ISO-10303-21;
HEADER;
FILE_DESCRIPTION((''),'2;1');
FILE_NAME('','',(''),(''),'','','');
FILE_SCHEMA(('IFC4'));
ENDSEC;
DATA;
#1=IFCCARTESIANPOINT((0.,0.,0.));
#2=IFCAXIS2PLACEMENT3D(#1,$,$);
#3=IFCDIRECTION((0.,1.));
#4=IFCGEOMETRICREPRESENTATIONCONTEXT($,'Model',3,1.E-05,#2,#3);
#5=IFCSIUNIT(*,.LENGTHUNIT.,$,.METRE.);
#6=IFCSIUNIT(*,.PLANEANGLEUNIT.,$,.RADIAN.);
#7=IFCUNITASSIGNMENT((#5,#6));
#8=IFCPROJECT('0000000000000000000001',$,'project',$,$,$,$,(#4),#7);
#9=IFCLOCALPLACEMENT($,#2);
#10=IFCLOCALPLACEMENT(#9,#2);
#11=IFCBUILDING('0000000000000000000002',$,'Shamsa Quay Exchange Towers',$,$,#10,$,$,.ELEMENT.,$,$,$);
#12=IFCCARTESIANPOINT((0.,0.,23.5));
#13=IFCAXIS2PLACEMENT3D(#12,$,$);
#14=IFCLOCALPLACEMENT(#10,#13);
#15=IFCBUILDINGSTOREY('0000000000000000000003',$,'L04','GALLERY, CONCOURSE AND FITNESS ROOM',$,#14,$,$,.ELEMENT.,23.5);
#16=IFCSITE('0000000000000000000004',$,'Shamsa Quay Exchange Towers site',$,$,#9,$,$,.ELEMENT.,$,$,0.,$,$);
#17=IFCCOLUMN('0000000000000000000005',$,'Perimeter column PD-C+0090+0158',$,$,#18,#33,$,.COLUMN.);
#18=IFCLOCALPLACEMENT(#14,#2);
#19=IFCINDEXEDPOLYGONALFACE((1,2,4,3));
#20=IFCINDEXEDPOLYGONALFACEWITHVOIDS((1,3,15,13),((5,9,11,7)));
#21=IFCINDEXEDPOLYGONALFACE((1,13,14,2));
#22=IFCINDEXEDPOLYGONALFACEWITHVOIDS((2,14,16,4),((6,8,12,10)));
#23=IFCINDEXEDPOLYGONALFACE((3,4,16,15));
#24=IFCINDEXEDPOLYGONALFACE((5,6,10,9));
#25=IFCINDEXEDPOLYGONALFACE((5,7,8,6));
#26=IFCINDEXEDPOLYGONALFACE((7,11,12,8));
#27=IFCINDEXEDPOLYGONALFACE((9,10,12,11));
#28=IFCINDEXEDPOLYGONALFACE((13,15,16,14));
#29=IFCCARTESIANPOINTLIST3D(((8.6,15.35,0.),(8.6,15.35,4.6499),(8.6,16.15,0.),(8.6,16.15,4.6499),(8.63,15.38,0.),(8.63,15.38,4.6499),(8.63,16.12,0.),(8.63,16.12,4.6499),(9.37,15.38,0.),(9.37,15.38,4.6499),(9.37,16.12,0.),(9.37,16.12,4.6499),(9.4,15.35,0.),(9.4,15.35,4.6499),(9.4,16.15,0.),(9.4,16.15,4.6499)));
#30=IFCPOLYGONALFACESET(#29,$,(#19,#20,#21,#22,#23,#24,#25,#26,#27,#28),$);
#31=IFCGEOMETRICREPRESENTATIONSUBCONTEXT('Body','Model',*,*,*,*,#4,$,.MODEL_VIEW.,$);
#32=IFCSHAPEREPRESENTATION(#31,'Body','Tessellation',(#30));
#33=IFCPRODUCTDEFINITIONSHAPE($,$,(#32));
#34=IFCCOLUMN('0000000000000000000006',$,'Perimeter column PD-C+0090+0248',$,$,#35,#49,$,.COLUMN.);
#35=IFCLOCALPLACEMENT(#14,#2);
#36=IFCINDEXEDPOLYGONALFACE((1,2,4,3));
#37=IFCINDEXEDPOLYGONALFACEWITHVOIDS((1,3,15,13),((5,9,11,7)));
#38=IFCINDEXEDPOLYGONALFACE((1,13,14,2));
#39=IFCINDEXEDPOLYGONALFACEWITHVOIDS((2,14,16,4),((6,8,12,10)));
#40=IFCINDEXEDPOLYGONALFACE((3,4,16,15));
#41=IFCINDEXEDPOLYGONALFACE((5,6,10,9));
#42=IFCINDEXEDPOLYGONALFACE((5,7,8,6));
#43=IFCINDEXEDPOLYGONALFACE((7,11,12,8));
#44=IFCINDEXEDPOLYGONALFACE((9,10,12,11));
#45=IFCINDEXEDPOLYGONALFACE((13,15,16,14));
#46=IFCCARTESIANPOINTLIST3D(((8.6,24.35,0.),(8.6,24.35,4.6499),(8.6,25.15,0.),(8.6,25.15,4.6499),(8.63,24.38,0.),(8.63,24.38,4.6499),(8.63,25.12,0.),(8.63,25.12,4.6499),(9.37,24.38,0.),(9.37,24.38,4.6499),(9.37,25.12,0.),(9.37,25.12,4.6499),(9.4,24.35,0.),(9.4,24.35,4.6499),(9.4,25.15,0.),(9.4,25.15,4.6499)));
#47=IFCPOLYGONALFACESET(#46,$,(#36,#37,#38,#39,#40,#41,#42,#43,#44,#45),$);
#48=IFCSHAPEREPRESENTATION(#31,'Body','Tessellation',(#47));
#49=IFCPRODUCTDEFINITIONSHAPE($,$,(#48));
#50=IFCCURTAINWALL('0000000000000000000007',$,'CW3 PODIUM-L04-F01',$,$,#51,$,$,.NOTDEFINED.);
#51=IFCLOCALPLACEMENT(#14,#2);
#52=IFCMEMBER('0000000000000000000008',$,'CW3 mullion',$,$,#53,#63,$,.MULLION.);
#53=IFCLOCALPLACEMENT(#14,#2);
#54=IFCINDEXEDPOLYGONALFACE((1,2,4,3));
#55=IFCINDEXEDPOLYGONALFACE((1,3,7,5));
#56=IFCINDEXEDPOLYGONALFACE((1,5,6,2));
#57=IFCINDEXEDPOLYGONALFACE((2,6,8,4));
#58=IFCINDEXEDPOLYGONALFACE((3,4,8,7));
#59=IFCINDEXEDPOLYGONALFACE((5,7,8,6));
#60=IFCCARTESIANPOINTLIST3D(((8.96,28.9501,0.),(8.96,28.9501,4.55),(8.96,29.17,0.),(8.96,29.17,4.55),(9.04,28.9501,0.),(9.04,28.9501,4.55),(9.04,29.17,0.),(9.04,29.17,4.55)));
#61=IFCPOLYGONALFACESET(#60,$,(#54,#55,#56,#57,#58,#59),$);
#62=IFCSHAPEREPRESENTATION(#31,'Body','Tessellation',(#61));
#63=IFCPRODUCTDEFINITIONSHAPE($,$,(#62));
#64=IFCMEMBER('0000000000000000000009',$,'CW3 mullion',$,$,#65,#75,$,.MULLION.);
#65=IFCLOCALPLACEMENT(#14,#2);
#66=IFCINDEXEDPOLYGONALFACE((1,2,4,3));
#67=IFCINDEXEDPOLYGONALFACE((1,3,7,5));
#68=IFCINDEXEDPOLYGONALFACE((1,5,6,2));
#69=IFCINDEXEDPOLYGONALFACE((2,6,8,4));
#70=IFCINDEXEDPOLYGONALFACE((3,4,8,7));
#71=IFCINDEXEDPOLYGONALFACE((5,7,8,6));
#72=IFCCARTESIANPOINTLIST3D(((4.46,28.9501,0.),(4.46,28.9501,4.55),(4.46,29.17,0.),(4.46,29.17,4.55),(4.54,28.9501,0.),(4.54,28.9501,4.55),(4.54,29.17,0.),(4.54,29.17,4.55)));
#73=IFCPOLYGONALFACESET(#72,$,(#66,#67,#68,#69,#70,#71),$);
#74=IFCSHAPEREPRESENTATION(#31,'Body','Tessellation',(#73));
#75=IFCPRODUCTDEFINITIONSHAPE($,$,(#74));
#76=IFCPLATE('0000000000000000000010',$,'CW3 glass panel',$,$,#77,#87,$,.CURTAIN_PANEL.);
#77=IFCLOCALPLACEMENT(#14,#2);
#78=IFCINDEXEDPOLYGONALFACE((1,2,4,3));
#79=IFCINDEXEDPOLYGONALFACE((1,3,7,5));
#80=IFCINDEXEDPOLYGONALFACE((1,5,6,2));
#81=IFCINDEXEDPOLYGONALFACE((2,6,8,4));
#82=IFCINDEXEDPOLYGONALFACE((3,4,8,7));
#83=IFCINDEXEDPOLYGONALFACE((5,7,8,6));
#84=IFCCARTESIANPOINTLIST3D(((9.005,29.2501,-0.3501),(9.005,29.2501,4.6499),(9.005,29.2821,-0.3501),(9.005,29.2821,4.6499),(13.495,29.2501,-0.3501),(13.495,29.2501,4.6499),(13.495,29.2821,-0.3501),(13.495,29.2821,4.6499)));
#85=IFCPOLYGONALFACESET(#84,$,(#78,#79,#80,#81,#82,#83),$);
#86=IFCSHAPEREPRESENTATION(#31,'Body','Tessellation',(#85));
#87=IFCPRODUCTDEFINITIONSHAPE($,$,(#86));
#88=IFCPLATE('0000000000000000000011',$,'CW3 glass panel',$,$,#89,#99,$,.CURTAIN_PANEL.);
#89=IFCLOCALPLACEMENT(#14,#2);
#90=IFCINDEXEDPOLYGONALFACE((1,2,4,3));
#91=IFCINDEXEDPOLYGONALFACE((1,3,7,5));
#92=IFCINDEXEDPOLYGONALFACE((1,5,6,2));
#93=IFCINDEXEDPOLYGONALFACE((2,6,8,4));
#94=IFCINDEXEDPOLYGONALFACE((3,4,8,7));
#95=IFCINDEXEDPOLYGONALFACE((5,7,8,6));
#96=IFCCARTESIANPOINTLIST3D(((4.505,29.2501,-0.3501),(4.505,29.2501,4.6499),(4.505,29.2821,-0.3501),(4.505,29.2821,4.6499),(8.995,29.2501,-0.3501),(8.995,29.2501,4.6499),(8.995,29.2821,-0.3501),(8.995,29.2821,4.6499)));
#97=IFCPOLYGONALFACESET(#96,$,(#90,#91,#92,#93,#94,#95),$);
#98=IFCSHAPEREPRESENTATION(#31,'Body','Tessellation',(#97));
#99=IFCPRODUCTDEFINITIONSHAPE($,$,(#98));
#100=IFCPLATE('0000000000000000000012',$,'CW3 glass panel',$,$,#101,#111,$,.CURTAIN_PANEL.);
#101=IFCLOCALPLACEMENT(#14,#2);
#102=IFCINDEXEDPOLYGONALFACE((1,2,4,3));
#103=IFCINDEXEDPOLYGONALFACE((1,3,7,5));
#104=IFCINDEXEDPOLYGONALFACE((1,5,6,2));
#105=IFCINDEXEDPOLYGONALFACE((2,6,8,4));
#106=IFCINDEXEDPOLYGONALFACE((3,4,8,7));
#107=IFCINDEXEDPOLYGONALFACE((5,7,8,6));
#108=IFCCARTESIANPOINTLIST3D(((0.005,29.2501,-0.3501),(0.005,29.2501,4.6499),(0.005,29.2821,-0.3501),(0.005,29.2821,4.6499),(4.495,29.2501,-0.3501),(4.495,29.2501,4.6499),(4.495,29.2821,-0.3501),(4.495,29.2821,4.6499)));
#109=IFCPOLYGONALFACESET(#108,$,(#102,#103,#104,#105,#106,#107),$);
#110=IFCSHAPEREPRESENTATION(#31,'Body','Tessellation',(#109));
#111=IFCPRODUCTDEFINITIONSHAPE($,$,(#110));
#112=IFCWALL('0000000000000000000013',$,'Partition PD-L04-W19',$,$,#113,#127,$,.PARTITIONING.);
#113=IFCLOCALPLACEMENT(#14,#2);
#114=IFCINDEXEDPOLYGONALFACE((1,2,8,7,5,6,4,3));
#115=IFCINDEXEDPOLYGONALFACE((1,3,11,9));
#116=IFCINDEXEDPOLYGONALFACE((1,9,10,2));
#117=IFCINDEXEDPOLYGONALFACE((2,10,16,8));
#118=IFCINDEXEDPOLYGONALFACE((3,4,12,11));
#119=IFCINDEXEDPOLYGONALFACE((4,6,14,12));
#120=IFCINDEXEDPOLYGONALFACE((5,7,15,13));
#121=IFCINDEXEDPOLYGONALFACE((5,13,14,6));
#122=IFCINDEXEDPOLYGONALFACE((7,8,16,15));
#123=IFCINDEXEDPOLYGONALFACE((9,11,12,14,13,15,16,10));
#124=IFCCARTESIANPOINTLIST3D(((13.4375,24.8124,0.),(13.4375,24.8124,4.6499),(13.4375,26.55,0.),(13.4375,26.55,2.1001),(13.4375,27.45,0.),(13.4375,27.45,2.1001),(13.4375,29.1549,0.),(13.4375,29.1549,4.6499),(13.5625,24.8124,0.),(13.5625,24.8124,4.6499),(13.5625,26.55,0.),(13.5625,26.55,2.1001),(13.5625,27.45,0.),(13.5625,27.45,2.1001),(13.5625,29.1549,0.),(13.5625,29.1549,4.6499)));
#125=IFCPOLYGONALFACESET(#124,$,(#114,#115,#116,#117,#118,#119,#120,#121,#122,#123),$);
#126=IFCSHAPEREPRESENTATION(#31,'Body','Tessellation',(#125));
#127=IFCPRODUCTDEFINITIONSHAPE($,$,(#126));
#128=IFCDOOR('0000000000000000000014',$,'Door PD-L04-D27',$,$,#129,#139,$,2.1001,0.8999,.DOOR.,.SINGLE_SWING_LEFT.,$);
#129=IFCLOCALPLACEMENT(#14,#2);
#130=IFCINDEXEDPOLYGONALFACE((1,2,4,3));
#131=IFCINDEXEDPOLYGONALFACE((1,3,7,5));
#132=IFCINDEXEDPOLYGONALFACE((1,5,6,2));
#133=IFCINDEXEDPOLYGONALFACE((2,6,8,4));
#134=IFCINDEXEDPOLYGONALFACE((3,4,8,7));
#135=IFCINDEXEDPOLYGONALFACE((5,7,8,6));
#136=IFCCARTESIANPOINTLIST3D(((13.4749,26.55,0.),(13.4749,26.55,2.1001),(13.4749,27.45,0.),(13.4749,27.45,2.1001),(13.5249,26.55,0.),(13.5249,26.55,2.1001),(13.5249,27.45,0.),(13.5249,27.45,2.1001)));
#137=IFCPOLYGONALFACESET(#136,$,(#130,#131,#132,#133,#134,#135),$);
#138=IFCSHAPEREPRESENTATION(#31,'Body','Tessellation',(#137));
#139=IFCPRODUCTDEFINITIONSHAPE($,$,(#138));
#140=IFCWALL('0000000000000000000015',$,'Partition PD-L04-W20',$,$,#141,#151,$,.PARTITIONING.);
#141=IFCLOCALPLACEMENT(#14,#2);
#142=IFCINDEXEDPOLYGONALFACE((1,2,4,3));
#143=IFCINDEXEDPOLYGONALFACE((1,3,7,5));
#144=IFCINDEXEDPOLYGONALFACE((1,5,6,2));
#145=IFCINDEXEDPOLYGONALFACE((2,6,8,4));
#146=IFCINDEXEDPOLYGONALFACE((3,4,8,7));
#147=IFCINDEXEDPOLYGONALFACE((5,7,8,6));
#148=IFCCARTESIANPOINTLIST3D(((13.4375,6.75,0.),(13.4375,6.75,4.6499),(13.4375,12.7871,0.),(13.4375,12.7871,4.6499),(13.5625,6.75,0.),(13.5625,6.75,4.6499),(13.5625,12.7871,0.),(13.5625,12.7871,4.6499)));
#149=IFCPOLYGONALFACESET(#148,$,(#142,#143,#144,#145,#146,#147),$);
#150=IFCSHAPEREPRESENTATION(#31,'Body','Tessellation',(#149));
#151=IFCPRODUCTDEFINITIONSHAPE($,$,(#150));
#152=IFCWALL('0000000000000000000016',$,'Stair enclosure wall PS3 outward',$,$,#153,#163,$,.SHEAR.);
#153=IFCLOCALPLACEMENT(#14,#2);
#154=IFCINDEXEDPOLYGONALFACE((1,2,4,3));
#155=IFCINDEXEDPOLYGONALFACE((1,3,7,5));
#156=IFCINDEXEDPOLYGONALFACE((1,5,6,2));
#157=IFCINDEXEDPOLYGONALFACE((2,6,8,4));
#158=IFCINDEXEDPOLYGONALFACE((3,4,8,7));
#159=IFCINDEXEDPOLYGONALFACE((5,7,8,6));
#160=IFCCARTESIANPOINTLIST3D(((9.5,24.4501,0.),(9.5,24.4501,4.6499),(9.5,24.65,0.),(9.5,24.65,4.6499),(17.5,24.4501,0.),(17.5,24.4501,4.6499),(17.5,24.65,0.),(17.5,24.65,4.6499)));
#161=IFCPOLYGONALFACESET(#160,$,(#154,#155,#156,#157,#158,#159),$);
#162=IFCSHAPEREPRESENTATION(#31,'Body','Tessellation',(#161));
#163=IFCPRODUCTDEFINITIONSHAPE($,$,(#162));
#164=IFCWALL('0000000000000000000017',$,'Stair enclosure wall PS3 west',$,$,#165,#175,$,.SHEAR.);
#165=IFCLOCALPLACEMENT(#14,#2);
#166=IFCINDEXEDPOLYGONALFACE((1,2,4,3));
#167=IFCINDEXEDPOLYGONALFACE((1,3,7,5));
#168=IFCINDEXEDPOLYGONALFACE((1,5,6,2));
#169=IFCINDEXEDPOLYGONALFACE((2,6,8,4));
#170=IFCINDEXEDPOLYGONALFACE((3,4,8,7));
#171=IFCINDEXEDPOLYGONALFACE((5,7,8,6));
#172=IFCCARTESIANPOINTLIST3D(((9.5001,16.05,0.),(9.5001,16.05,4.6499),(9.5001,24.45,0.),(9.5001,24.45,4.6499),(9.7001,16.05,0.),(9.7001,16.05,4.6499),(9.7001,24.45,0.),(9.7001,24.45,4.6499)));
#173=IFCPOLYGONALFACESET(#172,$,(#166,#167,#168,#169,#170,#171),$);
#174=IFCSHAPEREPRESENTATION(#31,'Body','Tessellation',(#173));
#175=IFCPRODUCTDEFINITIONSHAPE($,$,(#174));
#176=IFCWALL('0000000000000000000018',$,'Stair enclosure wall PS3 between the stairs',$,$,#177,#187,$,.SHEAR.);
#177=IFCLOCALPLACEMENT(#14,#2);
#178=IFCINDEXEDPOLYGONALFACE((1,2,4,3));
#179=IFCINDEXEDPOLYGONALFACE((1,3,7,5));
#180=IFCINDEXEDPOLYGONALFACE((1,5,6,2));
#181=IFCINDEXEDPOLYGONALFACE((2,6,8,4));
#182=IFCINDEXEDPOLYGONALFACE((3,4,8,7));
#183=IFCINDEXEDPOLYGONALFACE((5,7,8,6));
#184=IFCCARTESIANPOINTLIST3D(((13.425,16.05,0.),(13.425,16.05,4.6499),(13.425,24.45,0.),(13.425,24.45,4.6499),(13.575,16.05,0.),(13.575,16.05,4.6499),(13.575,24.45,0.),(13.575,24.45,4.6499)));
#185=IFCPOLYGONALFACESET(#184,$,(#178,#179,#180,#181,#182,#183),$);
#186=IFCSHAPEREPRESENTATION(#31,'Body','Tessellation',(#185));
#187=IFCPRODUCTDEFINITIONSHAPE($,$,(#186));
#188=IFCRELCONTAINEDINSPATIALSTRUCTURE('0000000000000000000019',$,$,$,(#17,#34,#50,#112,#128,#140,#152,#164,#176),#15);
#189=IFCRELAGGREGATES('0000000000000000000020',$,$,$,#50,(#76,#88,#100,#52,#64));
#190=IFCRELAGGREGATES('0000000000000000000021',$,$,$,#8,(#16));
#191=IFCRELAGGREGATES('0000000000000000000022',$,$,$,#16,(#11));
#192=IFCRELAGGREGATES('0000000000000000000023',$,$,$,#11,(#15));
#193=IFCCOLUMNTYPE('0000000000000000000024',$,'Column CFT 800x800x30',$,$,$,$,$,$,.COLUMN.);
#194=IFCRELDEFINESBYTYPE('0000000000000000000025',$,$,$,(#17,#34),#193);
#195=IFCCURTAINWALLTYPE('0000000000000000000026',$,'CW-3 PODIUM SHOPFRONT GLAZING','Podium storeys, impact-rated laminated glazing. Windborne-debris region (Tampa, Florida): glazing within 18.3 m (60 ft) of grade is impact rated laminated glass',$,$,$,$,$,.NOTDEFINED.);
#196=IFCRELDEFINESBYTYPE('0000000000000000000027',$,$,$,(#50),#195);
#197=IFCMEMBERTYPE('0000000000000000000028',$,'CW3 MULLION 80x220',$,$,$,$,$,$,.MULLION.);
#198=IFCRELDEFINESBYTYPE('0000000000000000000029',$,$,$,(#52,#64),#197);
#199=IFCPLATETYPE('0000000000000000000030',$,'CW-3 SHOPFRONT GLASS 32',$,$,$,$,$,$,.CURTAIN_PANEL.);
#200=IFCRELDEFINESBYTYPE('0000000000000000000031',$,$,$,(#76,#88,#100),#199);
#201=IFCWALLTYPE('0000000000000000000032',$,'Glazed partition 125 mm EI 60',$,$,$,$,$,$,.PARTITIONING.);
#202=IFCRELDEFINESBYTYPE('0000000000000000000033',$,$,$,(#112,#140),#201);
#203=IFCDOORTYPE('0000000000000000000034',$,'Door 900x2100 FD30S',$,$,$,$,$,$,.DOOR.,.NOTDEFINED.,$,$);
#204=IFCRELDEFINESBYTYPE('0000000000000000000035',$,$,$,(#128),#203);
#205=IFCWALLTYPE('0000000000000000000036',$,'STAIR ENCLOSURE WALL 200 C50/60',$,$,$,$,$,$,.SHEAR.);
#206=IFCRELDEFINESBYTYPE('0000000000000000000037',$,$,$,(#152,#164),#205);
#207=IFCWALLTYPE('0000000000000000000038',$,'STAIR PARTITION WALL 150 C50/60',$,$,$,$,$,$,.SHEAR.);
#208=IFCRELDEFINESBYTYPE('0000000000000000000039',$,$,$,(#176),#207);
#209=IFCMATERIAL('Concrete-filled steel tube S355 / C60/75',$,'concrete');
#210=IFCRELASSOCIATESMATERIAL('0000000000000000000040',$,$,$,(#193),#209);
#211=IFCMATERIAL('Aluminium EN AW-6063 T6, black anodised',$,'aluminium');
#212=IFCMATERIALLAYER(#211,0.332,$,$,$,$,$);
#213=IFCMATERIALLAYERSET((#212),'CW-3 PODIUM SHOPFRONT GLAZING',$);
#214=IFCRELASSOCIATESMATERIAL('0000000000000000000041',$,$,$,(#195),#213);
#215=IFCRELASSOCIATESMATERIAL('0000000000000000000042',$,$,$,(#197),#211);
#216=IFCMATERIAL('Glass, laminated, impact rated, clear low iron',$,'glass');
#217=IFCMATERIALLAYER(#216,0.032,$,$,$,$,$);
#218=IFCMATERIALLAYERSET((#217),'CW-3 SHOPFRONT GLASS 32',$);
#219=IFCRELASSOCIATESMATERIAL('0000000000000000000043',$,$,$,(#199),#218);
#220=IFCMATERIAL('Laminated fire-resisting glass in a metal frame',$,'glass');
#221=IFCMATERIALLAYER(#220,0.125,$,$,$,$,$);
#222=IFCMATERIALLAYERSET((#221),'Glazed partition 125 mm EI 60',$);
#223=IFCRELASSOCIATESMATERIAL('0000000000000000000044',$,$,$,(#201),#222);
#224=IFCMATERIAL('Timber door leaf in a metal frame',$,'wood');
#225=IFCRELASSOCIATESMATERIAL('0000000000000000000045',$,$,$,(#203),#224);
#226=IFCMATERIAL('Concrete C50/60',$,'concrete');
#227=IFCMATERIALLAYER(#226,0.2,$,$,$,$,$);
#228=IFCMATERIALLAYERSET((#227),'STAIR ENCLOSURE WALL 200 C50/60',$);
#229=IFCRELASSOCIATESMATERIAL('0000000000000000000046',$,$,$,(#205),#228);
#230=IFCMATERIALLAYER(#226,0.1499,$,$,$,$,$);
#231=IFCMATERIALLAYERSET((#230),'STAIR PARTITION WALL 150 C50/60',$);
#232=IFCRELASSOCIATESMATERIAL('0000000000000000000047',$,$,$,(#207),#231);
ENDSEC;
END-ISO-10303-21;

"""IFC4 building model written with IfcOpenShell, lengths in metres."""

from ifc_helpers import new_model, si_unit, direction, frame, frame_2d, origin, origin_2d, place, context, subcontext, project, spatial, rectangle, hollow_rectangle, extrude, material, layer, layer_set, material_profile, profile_set, type_object, element, fill, aggregate, save


model = new_model("IFC4")

# Units and contexts
model_context = context("Model", 3, precision=1e-05, world=origin(), true_north=direction((0.0, 1.0)))
body_context = subcontext(model_context, "Body", "Model", "MODEL_VIEW")
ifc_project = project(units=[si_unit("LENGTHUNIT", "METRE"), si_unit("PLANEANGLEUNIT", "RADIAN")], contexts=[model_context])

# Site, building, storey
site_placement = place(None, origin())
site = spatial("IfcSite", under=ifc_project, at=site_placement, Name="Shamsa Quay Exchange Towers site", CompositionType="ELEMENT", RefElevation=0.0)
building_placement = place(site_placement, origin())
building = spatial("IfcBuilding", under=site, at=building_placement, Name="Shamsa Quay Exchange Towers", CompositionType="ELEMENT")
storey_placement = place(building_placement, frame((0.0, 0.0, 23.5)))
storey = spatial("IfcBuildingStorey", under=building, at=storey_placement, Name="L04", Description="GALLERY, CONCOURSE AND FITNESS ROOM", CompositionType="ELEMENT", Elevation=23.5)

# Columns
ifc_material_1 = material(Name="Concrete-filled steel tube S355 / C60/75", Category="concrete")
ifc_material_profile_1 = material_profile(ifc_material_1, hollow_rectangle(XDim=0.8, YDim=0.8, WallThickness=0.03, at=origin_2d()), Name="CFT 800x800x30")
ifc_profile_set_1 = profile_set([ifc_material_profile_1], Name="Concrete-filled steel tube S355 / C60/75")
column_type = type_object("IfcColumnType", Name="Column CFT 800x800x30", PredefinedType="COLUMN", material=ifc_profile_set_1)
for number, where, name in (
    (1, (9.0, 15.75, 0.0), "Perimeter column PD-C+0090+0158"),
    (2, (9.0, 24.75, 0.0), "Perimeter column PD-C+0090+0248"),
):
    element("IfcColumn", number, at=place(storey_placement, frame(where)), inside=storey, type_object=column_type, Name=name, PredefinedType="COLUMN", context=body_context, shape_type="SweptSolid", body=[
        extrude(hollow_rectangle(XDim=0.8, YDim=0.8, WallThickness=0.03, at=origin_2d()), origin(), (0.0, 0.0, 1.0), 4.6499),
    ])

# Curtain wall, members, plates
ifc_material_2 = material(Name="Aluminium EN AW-6063 T6, black anodised", Category="aluminium")
ifc_layer_1 = layer(ifc_material_2, 0.332)
ifc_layer_set_1 = layer_set([ifc_layer_1], Name="CW-3 PODIUM SHOPFRONT GLAZING")
curtain_wall_type = type_object("IfcCurtainWallType", Name="CW-3 PODIUM SHOPFRONT GLAZING", Description="Podium storeys, impact-rated laminated glazing. Windborne-debris region (Tampa, Florida): glazing within 18.3 m (60 ft) of grade is impact rated laminated glass", PredefinedType="NOTDEFINED", material=ifc_layer_set_1)
curtain_wall_placement = place(storey_placement, origin())
curtain_wall = element("IfcCurtainWall", 3, at=curtain_wall_placement, inside=storey, type_object=curtain_wall_type, Name="CW3 PODIUM-L04-F01", PredefinedType="NOTDEFINED")
ifc_material_profile_2 = material_profile(ifc_material_2, rectangle(XDim=0.22, YDim=0.0801, at=origin_2d()), Name="MU80x220")
ifc_profile_set_2 = profile_set([ifc_material_profile_2], Name="Aluminium EN AW-6063 T6, black anodised")
member_type = type_object("IfcMemberType", Name="CW3 MULLION 80x220", PredefinedType="MULLION", material=ifc_profile_set_2)
member_1_placement = place(storey_placement, frame((9.0, 29.0601, 0.0), z_axis=(0.0, 0.0, 1.0), x_axis=(0.0, -1.0, 0.0)))
member_1 = element("IfcMember", 4, at=member_1_placement, type_object=member_type, Name="CW3 mullion", PredefinedType="MULLION", context=body_context, shape_type="SweptSolid", body=[
    extrude(rectangle(XDim=0.22, YDim=0.0801, at=origin_2d()), origin(), (0.0, 0.0, 1.0), 4.55),
])
member_2_placement = place(storey_placement, frame((4.5, 29.0601, 0.0), z_axis=(0.0, 0.0, 1.0), x_axis=(0.0, -1.0, 0.0)))
member_2 = element("IfcMember", 5, at=member_2_placement, type_object=member_type, Name="CW3 mullion", PredefinedType="MULLION", context=body_context, shape_type="SweptSolid", body=[
    extrude(rectangle(XDim=0.22, YDim=0.0801, at=origin_2d()), origin(), (0.0, 0.0, 1.0), 4.55),
])
ifc_material_3 = material(Name="Glass, laminated, impact rated, clear low iron", Category="glass")
ifc_layer_2 = layer(ifc_material_3, 0.032)
ifc_layer_set_2 = layer_set([ifc_layer_2], Name="CW-3 SHOPFRONT GLASS 32")
plate_type = type_object("IfcPlateType", Name="CW-3 SHOPFRONT GLASS 32", PredefinedType="CURTAIN_PANEL", material=ifc_layer_set_2)
plate_1_placement = place(storey_placement, frame((11.25, 29.2661, -0.3501), z_axis=(0.0, 0.0, 1.0), x_axis=(-1.0, 0.0, 0.0)))
plate_1 = element("IfcPlate", 6, at=plate_1_placement, type_object=plate_type, Name="CW3 glass panel", PredefinedType="CURTAIN_PANEL", context=body_context, shape_type="SweptSolid", body=[
    extrude(rectangle(XDim=4.49, YDim=0.032, at=origin_2d()), origin(), (0.0, 0.0, 1.0), 5.0),
])
plate_2_placement = place(storey_placement, frame((6.75, 29.2661, -0.3501), z_axis=(0.0, 0.0, 1.0), x_axis=(-1.0, 0.0, 0.0)))
plate_2 = element("IfcPlate", 7, at=plate_2_placement, type_object=plate_type, Name="CW3 glass panel", PredefinedType="CURTAIN_PANEL", context=body_context, shape_type="SweptSolid", body=[
    extrude(rectangle(XDim=4.49, YDim=0.032, at=origin_2d()), origin(), (0.0, 0.0, 1.0), 5.0),
])
plate_3_placement = place(storey_placement, frame((2.25, 29.2661, -0.3501), z_axis=(0.0, 0.0, 1.0), x_axis=(-1.0, 0.0, 0.0)))
plate_3 = element("IfcPlate", 8, at=plate_3_placement, type_object=plate_type, Name="CW3 glass panel", PredefinedType="CURTAIN_PANEL", context=body_context, shape_type="SweptSolid", body=[
    extrude(rectangle(XDim=4.49, YDim=0.032, at=origin_2d()), origin(), (0.0, 0.0, 1.0), 5.0),
])
aggregate(curtain_wall, [plate_1, plate_2, plate_3, member_1, member_2])

# Wall, opening, door
ifc_material_4 = material(Name="Laminated fire-resisting glass in a metal frame", Category="glass")
ifc_layer_3 = layer(ifc_material_4, 0.125)
ifc_layer_set_3 = layer_set([ifc_layer_3], Name="Glazed partition 125 mm EI 60")
wall_type_1 = type_object("IfcWallType", Name="Glazed partition 125 mm EI 60", PredefinedType="PARTITIONING", material=ifc_layer_set_3)
wall_1_placement = place(storey_placement, frame((13.5, 29.155, 0.0), z_axis=(0.0, 0.0, 1.0), x_axis=(0.0, -1.0, 0.0)))
wall_1 = element("IfcWall", 9, at=wall_1_placement, inside=storey, type_object=wall_type_1, Name="Partition PD-L04-W19", PredefinedType="PARTITIONING", context=body_context, shape_type="SweptSolid", body=[
    extrude(rectangle(XDim=4.3425, YDim=0.125, at=frame_2d((2.1714, 0.0))), origin(), (0.0, 0.0, 1.0), 4.6499),
])
opening_1_placement = place(wall_1_placement, frame((1.7051, 0.0, 0.0)))
opening_1 = element("IfcOpeningElement", 10, at=opening_1_placement, cuts=wall_1, PredefinedType="OPENING", context=body_context, shape_type="SweptSolid", body=[
    extrude(rectangle(XDim=0.8999, YDim=2.1001, at=frame_2d((0.45, 1.05))), frame((0.0, 0.0725, 0.0), z_axis=(0.0, -1.0, 0.0), x_axis=(1.0, 0.0, 0.0)), (0.0, 0.0, 1.0), 0.145),
])
ifc_material_5 = material(Name="Timber door leaf in a metal frame", Category="wood")
door_type_1 = type_object("IfcDoorType", Name="Door 900x2100 FD30S", OperationType="NOTDEFINED", PredefinedType="DOOR", material=ifc_material_5)
door_1_placement = place(opening_1_placement, origin())
door_1 = element("IfcDoor", 11, at=door_1_placement, inside=storey, type_object=door_type_1, Name="Door PD-L04-D27", OperationType="SINGLE_SWING_LEFT", OverallHeight=2.1001, OverallWidth=0.8999, PredefinedType="DOOR", context=body_context, shape_type="SweptSolid", body=[
    extrude(rectangle(XDim=0.8999, YDim=2.1001, at=frame_2d((0.45, 1.05))), frame((0.0, 0.0249, 0.0), z_axis=(0.0, -1.0, 0.0), x_axis=(1.0, 0.0, 0.0)), (0.0, 0.0, 1.0), 0.05),
])
fill(opening_1, door_1)

# Wall
wall_2_placement = place(storey_placement, frame((13.5, 12.7871, 0.0), z_axis=(0.0, 0.0, 1.0), x_axis=(0.0, -1.0, 0.0)))
element("IfcWall", 12, at=wall_2_placement, inside=storey, type_object=wall_type_1, Name="Partition PD-L04-W20", PredefinedType="PARTITIONING", context=body_context, shape_type="SweptSolid", body=[
    extrude(rectangle(XDim=6.0371, YDim=0.125, at=frame_2d((3.0186, 0.0))), origin(), (0.0, 0.0, 1.0), 4.6499),
])

# Shared definitions
ifc_material_6 = material(Name="Concrete C50/60", Category="concrete")
ifc_layer_4 = layer(ifc_material_6, 0.2)
ifc_layer_set_4 = layer_set([ifc_layer_4], Name="STAIR ENCLOSURE WALL 200 C50/60")
wall_type_2 = type_object("IfcWallType", Name="STAIR ENCLOSURE WALL 200 C50/60", PredefinedType="SHEAR", material=ifc_layer_set_4)

# Walls
wall_3_placement = place(storey_placement, frame((9.5, 24.55, 0.0)))
element("IfcWall", 13, at=wall_3_placement, inside=storey, type_object=wall_type_2, Name="Stair enclosure wall PS3 outward", PredefinedType="SHEAR", context=body_context, shape_type="SweptSolid", body=[
    extrude(rectangle(XDim=8.0, YDim=0.2, at=frame_2d((4.0, 0.0))), origin(), (0.0, 0.0, 1.0), 4.6499),
])
wall_4_placement = place(storey_placement, frame((9.6001, 16.05, 0.0), z_axis=(0.0, 0.0, 1.0), x_axis=(0.0, 1.0, 0.0)))
element("IfcWall", 14, at=wall_4_placement, inside=storey, type_object=wall_type_2, Name="Stair enclosure wall PS3 west", PredefinedType="SHEAR", context=body_context, shape_type="SweptSolid", body=[
    extrude(rectangle(XDim=8.3999, YDim=0.2, at=frame_2d((4.2, 0.0))), origin(), (0.0, 0.0, 1.0), 4.6499),
])
ifc_layer_5 = layer(ifc_material_6, 0.1499)
ifc_layer_set_5 = layer_set([ifc_layer_5], Name="STAIR PARTITION WALL 150 C50/60")
wall_type_3 = type_object("IfcWallType", Name="STAIR PARTITION WALL 150 C50/60", PredefinedType="SHEAR", material=ifc_layer_set_5)
wall_5_placement = place(storey_placement, frame((13.5, 16.05, 0.0), z_axis=(0.0, 0.0, 1.0), x_axis=(0.0, 1.0, 0.0)))
element("IfcWall", 15, at=wall_5_placement, inside=storey, type_object=wall_type_3, Name="Stair enclosure wall PS3 between the stairs", PredefinedType="SHEAR", context=body_context, shape_type="SweptSolid", body=[
    extrude(rectangle(XDim=8.3999, YDim=0.1499, at=frame_2d((4.2, 0.0))), origin(), (0.0, 0.0, 1.0), 4.6499),
])

save(model, "model.ifc")
